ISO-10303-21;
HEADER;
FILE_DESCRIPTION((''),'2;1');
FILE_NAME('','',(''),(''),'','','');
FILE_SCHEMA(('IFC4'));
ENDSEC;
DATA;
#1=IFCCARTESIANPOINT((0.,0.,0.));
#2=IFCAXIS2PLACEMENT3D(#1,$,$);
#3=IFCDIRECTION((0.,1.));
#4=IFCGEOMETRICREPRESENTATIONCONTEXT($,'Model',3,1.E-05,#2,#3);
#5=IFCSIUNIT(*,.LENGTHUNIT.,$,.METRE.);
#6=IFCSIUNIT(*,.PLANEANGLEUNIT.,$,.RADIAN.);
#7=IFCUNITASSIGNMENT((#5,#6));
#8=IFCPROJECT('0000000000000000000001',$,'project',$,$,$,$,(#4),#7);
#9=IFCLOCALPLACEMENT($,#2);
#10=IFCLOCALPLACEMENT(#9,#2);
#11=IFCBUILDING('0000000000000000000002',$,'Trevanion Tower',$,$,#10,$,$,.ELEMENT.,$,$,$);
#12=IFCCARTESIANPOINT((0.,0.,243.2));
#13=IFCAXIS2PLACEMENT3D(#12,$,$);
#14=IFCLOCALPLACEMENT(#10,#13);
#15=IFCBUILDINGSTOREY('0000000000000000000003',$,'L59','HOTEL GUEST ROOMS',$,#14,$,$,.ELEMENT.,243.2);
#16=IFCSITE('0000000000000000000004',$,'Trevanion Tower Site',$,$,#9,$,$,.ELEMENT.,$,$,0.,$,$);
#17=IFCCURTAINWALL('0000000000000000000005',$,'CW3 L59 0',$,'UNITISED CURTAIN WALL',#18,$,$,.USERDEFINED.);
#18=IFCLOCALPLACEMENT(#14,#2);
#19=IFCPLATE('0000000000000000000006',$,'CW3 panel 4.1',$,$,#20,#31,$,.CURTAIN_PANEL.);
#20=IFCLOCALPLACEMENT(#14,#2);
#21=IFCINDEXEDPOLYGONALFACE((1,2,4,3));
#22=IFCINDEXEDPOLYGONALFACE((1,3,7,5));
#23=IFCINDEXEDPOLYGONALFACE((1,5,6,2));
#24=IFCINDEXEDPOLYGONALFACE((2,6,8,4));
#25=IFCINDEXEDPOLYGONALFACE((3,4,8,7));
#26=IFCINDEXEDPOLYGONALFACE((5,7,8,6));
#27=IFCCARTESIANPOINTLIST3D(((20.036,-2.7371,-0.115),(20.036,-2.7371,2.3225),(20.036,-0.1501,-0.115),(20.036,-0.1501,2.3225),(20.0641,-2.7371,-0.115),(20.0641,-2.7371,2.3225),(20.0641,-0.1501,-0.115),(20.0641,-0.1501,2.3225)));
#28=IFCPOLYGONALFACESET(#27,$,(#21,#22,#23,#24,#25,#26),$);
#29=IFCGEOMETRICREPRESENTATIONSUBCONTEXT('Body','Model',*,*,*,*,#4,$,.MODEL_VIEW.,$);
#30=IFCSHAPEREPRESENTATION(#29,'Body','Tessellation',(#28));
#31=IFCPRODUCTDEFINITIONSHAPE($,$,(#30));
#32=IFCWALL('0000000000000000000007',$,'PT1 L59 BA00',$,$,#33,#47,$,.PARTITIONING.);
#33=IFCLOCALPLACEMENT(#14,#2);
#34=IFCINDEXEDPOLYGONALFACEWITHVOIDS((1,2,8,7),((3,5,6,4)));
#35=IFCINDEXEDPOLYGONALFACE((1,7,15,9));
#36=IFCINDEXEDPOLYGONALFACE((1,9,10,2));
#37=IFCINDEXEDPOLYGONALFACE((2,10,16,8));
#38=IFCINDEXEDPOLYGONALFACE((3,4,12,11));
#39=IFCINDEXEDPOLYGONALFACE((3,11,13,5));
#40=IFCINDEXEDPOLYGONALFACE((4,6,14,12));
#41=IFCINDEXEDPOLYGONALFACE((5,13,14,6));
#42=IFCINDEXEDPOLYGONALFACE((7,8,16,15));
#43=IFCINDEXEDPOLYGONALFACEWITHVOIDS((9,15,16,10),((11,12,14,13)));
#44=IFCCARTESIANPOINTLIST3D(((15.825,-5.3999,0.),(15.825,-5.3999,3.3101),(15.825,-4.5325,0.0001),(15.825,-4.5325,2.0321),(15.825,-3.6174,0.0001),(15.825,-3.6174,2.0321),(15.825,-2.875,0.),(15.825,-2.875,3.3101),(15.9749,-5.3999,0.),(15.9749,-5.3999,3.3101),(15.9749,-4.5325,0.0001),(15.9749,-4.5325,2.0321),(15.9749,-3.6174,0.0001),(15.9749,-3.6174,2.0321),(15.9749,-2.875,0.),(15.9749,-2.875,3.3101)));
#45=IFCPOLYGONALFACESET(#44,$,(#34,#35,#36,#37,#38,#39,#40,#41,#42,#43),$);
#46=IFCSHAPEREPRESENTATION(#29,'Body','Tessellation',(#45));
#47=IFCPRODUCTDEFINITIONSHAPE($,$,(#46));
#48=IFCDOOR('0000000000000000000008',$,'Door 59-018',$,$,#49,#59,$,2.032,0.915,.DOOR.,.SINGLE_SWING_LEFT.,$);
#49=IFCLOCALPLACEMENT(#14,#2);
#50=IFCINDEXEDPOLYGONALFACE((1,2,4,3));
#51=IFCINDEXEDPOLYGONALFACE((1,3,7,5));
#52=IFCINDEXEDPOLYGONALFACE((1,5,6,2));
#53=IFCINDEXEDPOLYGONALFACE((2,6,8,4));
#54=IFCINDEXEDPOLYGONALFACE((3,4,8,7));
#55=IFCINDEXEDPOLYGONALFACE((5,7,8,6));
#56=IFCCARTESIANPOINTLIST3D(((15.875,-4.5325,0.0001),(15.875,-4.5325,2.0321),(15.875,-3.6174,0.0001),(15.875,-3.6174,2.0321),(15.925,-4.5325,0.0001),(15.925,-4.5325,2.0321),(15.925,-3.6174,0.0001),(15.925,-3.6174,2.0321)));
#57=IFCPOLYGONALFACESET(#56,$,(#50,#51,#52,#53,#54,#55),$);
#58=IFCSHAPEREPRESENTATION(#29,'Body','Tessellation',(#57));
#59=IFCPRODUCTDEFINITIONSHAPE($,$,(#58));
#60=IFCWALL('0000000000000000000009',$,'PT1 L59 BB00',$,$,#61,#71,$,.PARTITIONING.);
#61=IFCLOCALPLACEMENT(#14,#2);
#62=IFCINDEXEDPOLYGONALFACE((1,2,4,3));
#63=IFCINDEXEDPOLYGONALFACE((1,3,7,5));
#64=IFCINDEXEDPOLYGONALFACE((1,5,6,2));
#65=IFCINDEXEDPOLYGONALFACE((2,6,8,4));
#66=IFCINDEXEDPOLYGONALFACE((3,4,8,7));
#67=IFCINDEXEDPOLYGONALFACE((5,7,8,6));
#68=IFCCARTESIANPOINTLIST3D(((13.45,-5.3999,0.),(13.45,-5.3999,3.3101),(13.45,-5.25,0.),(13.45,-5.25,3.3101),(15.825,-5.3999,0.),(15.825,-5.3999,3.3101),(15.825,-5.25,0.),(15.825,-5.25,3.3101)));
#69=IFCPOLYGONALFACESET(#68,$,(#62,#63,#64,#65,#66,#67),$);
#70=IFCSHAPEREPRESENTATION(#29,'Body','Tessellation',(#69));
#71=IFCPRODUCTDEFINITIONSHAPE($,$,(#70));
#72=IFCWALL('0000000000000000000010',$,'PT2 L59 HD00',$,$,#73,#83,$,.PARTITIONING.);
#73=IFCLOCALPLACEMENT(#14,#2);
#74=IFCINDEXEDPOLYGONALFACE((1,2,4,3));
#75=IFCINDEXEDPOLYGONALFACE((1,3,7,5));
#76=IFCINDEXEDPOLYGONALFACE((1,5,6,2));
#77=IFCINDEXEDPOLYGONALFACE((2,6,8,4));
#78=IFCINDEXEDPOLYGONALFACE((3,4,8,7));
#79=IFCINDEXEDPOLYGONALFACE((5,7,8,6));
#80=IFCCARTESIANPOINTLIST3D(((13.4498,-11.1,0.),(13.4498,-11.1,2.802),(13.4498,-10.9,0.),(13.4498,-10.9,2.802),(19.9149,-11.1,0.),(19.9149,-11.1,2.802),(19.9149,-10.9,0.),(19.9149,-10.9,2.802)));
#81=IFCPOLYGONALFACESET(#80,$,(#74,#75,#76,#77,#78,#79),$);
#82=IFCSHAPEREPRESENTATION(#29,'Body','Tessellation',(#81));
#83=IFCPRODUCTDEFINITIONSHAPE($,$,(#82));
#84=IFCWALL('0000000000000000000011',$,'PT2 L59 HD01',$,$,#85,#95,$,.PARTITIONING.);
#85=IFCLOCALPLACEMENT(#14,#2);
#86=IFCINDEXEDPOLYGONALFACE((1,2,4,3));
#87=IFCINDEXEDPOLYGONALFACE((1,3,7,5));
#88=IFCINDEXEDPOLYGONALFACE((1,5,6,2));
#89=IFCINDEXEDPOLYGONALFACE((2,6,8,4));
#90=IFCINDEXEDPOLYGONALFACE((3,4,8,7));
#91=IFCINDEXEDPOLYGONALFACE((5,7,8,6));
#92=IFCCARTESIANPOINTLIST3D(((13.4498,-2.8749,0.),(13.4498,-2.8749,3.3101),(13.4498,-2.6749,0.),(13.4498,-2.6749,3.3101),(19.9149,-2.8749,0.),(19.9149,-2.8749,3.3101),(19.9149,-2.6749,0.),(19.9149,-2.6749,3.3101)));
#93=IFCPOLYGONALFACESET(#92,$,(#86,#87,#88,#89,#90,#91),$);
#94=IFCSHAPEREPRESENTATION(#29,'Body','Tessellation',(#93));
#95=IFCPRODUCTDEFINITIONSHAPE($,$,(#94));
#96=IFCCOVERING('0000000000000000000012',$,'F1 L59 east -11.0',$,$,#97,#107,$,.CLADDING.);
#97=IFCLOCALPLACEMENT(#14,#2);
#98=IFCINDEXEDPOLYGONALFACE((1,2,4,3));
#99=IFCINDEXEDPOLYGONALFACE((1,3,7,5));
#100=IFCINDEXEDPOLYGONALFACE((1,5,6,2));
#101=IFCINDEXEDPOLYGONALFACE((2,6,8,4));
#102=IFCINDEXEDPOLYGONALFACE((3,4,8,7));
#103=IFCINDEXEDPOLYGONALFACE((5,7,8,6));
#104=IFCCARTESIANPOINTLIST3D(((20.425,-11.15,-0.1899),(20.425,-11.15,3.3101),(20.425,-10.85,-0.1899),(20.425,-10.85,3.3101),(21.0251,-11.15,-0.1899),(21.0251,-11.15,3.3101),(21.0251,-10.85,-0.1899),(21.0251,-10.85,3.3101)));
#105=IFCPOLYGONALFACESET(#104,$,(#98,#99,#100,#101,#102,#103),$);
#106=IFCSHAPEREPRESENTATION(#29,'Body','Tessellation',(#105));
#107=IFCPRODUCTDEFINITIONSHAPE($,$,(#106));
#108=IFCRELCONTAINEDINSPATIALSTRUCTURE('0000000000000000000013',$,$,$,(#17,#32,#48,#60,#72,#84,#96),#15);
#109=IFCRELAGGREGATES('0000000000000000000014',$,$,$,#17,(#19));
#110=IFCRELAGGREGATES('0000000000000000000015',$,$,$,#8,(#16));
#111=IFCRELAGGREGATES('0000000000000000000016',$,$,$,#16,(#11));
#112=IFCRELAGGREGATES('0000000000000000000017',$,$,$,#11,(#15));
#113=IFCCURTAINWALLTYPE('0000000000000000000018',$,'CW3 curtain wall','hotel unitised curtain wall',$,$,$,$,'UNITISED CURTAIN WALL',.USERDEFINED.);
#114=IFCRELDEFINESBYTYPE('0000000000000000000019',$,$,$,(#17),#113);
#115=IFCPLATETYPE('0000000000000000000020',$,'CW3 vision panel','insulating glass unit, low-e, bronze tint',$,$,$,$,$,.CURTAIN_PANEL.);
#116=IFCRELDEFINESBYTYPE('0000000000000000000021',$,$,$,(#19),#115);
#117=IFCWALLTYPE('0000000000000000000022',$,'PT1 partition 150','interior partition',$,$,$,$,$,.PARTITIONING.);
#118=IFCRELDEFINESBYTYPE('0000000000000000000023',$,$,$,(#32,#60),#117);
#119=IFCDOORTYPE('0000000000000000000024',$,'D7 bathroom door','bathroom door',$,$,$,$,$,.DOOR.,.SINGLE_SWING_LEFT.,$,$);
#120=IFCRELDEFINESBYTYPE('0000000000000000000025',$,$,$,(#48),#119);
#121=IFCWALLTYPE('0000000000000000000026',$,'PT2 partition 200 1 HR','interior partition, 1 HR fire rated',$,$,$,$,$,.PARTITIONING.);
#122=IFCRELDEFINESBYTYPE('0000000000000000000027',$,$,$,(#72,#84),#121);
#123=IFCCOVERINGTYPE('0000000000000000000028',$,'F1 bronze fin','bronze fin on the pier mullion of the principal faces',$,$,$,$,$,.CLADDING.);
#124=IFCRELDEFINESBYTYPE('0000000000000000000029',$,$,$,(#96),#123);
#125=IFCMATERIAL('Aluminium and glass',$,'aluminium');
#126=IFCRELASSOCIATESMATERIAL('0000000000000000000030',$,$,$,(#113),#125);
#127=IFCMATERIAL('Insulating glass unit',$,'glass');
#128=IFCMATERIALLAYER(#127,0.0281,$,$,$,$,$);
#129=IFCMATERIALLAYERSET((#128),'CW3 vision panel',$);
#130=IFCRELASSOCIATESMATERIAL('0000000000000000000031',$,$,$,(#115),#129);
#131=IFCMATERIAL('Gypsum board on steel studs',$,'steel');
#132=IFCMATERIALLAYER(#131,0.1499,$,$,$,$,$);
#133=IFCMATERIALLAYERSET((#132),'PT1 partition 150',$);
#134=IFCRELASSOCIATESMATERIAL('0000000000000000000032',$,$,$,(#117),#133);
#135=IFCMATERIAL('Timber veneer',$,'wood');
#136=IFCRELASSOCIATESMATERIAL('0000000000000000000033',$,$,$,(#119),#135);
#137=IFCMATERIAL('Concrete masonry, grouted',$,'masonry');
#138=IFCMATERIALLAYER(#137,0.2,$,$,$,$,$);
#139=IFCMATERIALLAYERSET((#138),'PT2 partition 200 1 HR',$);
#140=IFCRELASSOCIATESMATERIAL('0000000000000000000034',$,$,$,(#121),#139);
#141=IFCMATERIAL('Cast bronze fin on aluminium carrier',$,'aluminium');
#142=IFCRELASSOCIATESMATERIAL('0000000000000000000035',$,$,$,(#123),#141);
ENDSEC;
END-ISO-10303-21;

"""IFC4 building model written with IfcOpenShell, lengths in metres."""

from ifc_helpers import new_model, si_unit, direction, frame, frame_2d, origin, origin_2d, place, context, subcontext, project, spatial, rectangle, extrude, material, layer, layer_set, type_object, element, fill, aggregate, save


model = new_model("IFC4")

# Units and contexts
model_context = context("Model", 3, precision=1e-05, world=origin(), true_north=direction((0.0, 1.0)))
body_context = subcontext(model_context, "Body", "Model", "MODEL_VIEW")
ifc_project = project(units=[si_unit("LENGTHUNIT", "METRE"), si_unit("PLANEANGLEUNIT", "RADIAN")], contexts=[model_context])

# Site, building, storey
site_placement = place(None, origin())
site = spatial("IfcSite", under=ifc_project, at=site_placement, Name="Trevanion Tower Site", CompositionType="ELEMENT", RefElevation=0.0)
building_placement = place(site_placement, origin())
building = spatial("IfcBuilding", under=site, at=building_placement, Name="Trevanion Tower", CompositionType="ELEMENT")
storey_placement = place(building_placement, frame((0.0, 0.0, 243.2)))
storey = spatial("IfcBuildingStorey", under=building, at=storey_placement, Name="L59", Description="HOTEL GUEST ROOMS", CompositionType="ELEMENT", Elevation=243.2)

# Curtain wall
ifc_material_1 = material(Name="Aluminium and glass", Category="aluminium")
curtain_wall_type = type_object("IfcCurtainWallType", Name="CW3 curtain wall", Description="hotel unitised curtain wall", ElementType="UNITISED CURTAIN WALL", PredefinedType="USERDEFINED", material=ifc_material_1)
curtain_wall_placement = place(storey_placement, origin())
curtain_wall = element("IfcCurtainWall", 1, at=curtain_wall_placement, inside=storey, type_object=curtain_wall_type, Name="CW3 L59 0", ObjectType="UNITISED CURTAIN WALL", PredefinedType="USERDEFINED")

# Plate
ifc_material_2 = material(Name="Insulating glass unit", Category="glass")
ifc_layer_1 = layer(ifc_material_2, 0.0281)
ifc_layer_set_1 = layer_set([ifc_layer_1], Name="CW3 vision panel")
plate_type_1 = type_object("IfcPlateType", Name="CW3 vision panel", Description="insulating glass unit, low-e, bronze tint", PredefinedType="CURTAIN_PANEL", material=ifc_layer_set_1)
plate_1_placement = place(storey_placement, frame((20.05, -1.4436, -0.115), z_axis=(0.0, 0.0, 1.0), x_axis=(0.0, 1.0, 0.0)))
plate_1 = element("IfcPlate", 2, at=plate_1_placement, type_object=plate_type_1, Name="CW3 panel 4.1", PredefinedType="CURTAIN_PANEL", context=body_context, shape_type="SweptSolid", body=[
    extrude(rectangle(XDim=2.5869, YDim=0.0281, at=origin_2d()), origin(), (0.0, 0.0, 1.0), 2.4375),
])
aggregate(curtain_wall, [plate_1])

# Wall, opening, door
ifc_material_3 = material(Name="Gypsum board on steel studs", Category="steel")
ifc_layer_2 = layer(ifc_material_3, 0.1499)
ifc_layer_set_2 = layer_set([ifc_layer_2], Name="PT1 partition 150")
wall_type_1 = type_object("IfcWallType", Name="PT1 partition 150", Description="interior partition", PredefinedType="PARTITIONING", material=ifc_layer_set_2)
wall_1_placement = place(storey_placement, frame((15.8999, -5.3999, 0.0), z_axis=(0.0, 0.0, 1.0), x_axis=(0.0, 1.0, 0.0)))
wall_1 = element("IfcWall", 3, at=wall_1_placement, inside=storey, type_object=wall_type_1, Name="PT1 L59 BA00", PredefinedType="PARTITIONING", context=body_context, shape_type="SweptSolid", body=[
    extrude(rectangle(XDim=2.5249, YDim=0.1499, at=frame_2d((1.2625, 0.0))), origin(), (0.0, 0.0, 1.0), 3.3101),
])
opening_placement = place(wall_1_placement, frame((0.8674, 0.0, 0.0)))
opening = element("IfcOpeningElement", 4, at=opening_placement, cuts=wall_1, PredefinedType="OPENING", context=body_context, shape_type="SweptSolid", body=[
    extrude(rectangle(XDim=0.915, YDim=2.032, at=frame_2d((0.4575, 1.0161))), frame((0.0, 0.085, 0.0), z_axis=(0.0, -1.0, 0.0), x_axis=(1.0, 0.0, 0.0)), (0.0, 0.0, 1.0), 0.1699),
])
ifc_material_4 = material(Name="Timber veneer", Category="wood")
door_type = type_object("IfcDoorType", Name="D7 bathroom door", Description="bathroom door", OperationType="SINGLE_SWING_LEFT", PredefinedType="DOOR", material=ifc_material_4)
door_placement = place(opening_placement, origin())
door = element("IfcDoor", 5, at=door_placement, inside=storey, type_object=door_type, Name="Door 59-018", OperationType="SINGLE_SWING_LEFT", OverallHeight=2.032, OverallWidth=0.915, PredefinedType="DOOR", context=body_context, shape_type="SweptSolid", body=[
    extrude(rectangle(XDim=0.915, YDim=2.032, at=frame_2d((0.4575, 1.0161))), frame((0.0, 0.0249, 0.0), z_axis=(0.0, -1.0, 0.0), x_axis=(1.0, 0.0, 0.0)), (0.0, 0.0, 1.0), 0.05),
])
fill(opening, door)

# Walls
wall_2_placement = place(storey_placement, frame((13.45, -5.325, 0.0), z_axis=(0.0, 0.0, 1.0), x_axis=(1.0, 0.0, 0.0)))
element("IfcWall", 6, at=wall_2_placement, inside=storey, type_object=wall_type_1, Name="PT1 L59 BB00", PredefinedType="PARTITIONING", context=body_context, shape_type="SweptSolid", body=[
    extrude(rectangle(XDim=2.375, YDim=0.1499, at=frame_2d((1.1875, 0.0))), origin(), (0.0, 0.0, 1.0), 3.3101),
])
ifc_material_5 = material(Name="Concrete masonry, grouted", Category="masonry")
ifc_layer_3 = layer(ifc_material_5, 0.2)
ifc_layer_set_3 = layer_set([ifc_layer_3], Name="PT2 partition 200 1 HR")
wall_type_2 = type_object("IfcWallType", Name="PT2 partition 200 1 HR", Description="interior partition, 1 HR fire rated", PredefinedType="PARTITIONING", material=ifc_layer_set_3)
wall_3_placement = place(storey_placement, frame((13.45, -11.0, 0.0), z_axis=(0.0, 0.0, 1.0), x_axis=(1.0, 0.0, 0.0)))
element("IfcWall", 7, at=wall_3_placement, inside=storey, type_object=wall_type_2, Name="PT2 L59 HD00", PredefinedType="PARTITIONING", context=body_context, shape_type="SweptSolid", body=[
    extrude(rectangle(XDim=6.4651, YDim=0.2, at=frame_2d((3.2324, 0.0))), origin(), (0.0, 0.0, 1.0), 2.802),
])
wall_4_placement = place(storey_placement, frame((13.45, -2.7749, 0.0), z_axis=(0.0, 0.0, 1.0), x_axis=(1.0, 0.0, 0.0)))
element("IfcWall", 8, at=wall_4_placement, inside=storey, type_object=wall_type_2, Name="PT2 L59 HD01", PredefinedType="PARTITIONING", context=body_context, shape_type="SweptSolid", body=[
    extrude(rectangle(XDim=6.4651, YDim=0.2, at=frame_2d((3.2324, 0.0))), origin(), (0.0, 0.0, 1.0), 3.3101),
])

# Covering
ifc_material_6 = material(Name="Cast bronze fin on aluminium carrier", Category="aluminium")
covering_type = type_object("IfcCoveringType", Name="F1 bronze fin", Description="bronze fin on the pier mullion of the principal faces", PredefinedType="CLADDING", material=ifc_material_6)
covering_placement = place(storey_placement, frame((20.7251, -11.0, -0.1899), z_axis=(0.0, 0.0, 1.0), x_axis=(0.0, 1.0, 0.0)))
element("IfcCovering", 9, at=covering_placement, inside=storey, type_object=covering_type, Name="F1 L59 east -11.0", PredefinedType="CLADDING", context=body_context, shape_type="SweptSolid", body=[
    extrude(rectangle(XDim=0.3, YDim=0.6001, at=origin_2d()), origin(), (0.0, 0.0, 1.0), 3.5),
])

save(model, "model.ifc")
